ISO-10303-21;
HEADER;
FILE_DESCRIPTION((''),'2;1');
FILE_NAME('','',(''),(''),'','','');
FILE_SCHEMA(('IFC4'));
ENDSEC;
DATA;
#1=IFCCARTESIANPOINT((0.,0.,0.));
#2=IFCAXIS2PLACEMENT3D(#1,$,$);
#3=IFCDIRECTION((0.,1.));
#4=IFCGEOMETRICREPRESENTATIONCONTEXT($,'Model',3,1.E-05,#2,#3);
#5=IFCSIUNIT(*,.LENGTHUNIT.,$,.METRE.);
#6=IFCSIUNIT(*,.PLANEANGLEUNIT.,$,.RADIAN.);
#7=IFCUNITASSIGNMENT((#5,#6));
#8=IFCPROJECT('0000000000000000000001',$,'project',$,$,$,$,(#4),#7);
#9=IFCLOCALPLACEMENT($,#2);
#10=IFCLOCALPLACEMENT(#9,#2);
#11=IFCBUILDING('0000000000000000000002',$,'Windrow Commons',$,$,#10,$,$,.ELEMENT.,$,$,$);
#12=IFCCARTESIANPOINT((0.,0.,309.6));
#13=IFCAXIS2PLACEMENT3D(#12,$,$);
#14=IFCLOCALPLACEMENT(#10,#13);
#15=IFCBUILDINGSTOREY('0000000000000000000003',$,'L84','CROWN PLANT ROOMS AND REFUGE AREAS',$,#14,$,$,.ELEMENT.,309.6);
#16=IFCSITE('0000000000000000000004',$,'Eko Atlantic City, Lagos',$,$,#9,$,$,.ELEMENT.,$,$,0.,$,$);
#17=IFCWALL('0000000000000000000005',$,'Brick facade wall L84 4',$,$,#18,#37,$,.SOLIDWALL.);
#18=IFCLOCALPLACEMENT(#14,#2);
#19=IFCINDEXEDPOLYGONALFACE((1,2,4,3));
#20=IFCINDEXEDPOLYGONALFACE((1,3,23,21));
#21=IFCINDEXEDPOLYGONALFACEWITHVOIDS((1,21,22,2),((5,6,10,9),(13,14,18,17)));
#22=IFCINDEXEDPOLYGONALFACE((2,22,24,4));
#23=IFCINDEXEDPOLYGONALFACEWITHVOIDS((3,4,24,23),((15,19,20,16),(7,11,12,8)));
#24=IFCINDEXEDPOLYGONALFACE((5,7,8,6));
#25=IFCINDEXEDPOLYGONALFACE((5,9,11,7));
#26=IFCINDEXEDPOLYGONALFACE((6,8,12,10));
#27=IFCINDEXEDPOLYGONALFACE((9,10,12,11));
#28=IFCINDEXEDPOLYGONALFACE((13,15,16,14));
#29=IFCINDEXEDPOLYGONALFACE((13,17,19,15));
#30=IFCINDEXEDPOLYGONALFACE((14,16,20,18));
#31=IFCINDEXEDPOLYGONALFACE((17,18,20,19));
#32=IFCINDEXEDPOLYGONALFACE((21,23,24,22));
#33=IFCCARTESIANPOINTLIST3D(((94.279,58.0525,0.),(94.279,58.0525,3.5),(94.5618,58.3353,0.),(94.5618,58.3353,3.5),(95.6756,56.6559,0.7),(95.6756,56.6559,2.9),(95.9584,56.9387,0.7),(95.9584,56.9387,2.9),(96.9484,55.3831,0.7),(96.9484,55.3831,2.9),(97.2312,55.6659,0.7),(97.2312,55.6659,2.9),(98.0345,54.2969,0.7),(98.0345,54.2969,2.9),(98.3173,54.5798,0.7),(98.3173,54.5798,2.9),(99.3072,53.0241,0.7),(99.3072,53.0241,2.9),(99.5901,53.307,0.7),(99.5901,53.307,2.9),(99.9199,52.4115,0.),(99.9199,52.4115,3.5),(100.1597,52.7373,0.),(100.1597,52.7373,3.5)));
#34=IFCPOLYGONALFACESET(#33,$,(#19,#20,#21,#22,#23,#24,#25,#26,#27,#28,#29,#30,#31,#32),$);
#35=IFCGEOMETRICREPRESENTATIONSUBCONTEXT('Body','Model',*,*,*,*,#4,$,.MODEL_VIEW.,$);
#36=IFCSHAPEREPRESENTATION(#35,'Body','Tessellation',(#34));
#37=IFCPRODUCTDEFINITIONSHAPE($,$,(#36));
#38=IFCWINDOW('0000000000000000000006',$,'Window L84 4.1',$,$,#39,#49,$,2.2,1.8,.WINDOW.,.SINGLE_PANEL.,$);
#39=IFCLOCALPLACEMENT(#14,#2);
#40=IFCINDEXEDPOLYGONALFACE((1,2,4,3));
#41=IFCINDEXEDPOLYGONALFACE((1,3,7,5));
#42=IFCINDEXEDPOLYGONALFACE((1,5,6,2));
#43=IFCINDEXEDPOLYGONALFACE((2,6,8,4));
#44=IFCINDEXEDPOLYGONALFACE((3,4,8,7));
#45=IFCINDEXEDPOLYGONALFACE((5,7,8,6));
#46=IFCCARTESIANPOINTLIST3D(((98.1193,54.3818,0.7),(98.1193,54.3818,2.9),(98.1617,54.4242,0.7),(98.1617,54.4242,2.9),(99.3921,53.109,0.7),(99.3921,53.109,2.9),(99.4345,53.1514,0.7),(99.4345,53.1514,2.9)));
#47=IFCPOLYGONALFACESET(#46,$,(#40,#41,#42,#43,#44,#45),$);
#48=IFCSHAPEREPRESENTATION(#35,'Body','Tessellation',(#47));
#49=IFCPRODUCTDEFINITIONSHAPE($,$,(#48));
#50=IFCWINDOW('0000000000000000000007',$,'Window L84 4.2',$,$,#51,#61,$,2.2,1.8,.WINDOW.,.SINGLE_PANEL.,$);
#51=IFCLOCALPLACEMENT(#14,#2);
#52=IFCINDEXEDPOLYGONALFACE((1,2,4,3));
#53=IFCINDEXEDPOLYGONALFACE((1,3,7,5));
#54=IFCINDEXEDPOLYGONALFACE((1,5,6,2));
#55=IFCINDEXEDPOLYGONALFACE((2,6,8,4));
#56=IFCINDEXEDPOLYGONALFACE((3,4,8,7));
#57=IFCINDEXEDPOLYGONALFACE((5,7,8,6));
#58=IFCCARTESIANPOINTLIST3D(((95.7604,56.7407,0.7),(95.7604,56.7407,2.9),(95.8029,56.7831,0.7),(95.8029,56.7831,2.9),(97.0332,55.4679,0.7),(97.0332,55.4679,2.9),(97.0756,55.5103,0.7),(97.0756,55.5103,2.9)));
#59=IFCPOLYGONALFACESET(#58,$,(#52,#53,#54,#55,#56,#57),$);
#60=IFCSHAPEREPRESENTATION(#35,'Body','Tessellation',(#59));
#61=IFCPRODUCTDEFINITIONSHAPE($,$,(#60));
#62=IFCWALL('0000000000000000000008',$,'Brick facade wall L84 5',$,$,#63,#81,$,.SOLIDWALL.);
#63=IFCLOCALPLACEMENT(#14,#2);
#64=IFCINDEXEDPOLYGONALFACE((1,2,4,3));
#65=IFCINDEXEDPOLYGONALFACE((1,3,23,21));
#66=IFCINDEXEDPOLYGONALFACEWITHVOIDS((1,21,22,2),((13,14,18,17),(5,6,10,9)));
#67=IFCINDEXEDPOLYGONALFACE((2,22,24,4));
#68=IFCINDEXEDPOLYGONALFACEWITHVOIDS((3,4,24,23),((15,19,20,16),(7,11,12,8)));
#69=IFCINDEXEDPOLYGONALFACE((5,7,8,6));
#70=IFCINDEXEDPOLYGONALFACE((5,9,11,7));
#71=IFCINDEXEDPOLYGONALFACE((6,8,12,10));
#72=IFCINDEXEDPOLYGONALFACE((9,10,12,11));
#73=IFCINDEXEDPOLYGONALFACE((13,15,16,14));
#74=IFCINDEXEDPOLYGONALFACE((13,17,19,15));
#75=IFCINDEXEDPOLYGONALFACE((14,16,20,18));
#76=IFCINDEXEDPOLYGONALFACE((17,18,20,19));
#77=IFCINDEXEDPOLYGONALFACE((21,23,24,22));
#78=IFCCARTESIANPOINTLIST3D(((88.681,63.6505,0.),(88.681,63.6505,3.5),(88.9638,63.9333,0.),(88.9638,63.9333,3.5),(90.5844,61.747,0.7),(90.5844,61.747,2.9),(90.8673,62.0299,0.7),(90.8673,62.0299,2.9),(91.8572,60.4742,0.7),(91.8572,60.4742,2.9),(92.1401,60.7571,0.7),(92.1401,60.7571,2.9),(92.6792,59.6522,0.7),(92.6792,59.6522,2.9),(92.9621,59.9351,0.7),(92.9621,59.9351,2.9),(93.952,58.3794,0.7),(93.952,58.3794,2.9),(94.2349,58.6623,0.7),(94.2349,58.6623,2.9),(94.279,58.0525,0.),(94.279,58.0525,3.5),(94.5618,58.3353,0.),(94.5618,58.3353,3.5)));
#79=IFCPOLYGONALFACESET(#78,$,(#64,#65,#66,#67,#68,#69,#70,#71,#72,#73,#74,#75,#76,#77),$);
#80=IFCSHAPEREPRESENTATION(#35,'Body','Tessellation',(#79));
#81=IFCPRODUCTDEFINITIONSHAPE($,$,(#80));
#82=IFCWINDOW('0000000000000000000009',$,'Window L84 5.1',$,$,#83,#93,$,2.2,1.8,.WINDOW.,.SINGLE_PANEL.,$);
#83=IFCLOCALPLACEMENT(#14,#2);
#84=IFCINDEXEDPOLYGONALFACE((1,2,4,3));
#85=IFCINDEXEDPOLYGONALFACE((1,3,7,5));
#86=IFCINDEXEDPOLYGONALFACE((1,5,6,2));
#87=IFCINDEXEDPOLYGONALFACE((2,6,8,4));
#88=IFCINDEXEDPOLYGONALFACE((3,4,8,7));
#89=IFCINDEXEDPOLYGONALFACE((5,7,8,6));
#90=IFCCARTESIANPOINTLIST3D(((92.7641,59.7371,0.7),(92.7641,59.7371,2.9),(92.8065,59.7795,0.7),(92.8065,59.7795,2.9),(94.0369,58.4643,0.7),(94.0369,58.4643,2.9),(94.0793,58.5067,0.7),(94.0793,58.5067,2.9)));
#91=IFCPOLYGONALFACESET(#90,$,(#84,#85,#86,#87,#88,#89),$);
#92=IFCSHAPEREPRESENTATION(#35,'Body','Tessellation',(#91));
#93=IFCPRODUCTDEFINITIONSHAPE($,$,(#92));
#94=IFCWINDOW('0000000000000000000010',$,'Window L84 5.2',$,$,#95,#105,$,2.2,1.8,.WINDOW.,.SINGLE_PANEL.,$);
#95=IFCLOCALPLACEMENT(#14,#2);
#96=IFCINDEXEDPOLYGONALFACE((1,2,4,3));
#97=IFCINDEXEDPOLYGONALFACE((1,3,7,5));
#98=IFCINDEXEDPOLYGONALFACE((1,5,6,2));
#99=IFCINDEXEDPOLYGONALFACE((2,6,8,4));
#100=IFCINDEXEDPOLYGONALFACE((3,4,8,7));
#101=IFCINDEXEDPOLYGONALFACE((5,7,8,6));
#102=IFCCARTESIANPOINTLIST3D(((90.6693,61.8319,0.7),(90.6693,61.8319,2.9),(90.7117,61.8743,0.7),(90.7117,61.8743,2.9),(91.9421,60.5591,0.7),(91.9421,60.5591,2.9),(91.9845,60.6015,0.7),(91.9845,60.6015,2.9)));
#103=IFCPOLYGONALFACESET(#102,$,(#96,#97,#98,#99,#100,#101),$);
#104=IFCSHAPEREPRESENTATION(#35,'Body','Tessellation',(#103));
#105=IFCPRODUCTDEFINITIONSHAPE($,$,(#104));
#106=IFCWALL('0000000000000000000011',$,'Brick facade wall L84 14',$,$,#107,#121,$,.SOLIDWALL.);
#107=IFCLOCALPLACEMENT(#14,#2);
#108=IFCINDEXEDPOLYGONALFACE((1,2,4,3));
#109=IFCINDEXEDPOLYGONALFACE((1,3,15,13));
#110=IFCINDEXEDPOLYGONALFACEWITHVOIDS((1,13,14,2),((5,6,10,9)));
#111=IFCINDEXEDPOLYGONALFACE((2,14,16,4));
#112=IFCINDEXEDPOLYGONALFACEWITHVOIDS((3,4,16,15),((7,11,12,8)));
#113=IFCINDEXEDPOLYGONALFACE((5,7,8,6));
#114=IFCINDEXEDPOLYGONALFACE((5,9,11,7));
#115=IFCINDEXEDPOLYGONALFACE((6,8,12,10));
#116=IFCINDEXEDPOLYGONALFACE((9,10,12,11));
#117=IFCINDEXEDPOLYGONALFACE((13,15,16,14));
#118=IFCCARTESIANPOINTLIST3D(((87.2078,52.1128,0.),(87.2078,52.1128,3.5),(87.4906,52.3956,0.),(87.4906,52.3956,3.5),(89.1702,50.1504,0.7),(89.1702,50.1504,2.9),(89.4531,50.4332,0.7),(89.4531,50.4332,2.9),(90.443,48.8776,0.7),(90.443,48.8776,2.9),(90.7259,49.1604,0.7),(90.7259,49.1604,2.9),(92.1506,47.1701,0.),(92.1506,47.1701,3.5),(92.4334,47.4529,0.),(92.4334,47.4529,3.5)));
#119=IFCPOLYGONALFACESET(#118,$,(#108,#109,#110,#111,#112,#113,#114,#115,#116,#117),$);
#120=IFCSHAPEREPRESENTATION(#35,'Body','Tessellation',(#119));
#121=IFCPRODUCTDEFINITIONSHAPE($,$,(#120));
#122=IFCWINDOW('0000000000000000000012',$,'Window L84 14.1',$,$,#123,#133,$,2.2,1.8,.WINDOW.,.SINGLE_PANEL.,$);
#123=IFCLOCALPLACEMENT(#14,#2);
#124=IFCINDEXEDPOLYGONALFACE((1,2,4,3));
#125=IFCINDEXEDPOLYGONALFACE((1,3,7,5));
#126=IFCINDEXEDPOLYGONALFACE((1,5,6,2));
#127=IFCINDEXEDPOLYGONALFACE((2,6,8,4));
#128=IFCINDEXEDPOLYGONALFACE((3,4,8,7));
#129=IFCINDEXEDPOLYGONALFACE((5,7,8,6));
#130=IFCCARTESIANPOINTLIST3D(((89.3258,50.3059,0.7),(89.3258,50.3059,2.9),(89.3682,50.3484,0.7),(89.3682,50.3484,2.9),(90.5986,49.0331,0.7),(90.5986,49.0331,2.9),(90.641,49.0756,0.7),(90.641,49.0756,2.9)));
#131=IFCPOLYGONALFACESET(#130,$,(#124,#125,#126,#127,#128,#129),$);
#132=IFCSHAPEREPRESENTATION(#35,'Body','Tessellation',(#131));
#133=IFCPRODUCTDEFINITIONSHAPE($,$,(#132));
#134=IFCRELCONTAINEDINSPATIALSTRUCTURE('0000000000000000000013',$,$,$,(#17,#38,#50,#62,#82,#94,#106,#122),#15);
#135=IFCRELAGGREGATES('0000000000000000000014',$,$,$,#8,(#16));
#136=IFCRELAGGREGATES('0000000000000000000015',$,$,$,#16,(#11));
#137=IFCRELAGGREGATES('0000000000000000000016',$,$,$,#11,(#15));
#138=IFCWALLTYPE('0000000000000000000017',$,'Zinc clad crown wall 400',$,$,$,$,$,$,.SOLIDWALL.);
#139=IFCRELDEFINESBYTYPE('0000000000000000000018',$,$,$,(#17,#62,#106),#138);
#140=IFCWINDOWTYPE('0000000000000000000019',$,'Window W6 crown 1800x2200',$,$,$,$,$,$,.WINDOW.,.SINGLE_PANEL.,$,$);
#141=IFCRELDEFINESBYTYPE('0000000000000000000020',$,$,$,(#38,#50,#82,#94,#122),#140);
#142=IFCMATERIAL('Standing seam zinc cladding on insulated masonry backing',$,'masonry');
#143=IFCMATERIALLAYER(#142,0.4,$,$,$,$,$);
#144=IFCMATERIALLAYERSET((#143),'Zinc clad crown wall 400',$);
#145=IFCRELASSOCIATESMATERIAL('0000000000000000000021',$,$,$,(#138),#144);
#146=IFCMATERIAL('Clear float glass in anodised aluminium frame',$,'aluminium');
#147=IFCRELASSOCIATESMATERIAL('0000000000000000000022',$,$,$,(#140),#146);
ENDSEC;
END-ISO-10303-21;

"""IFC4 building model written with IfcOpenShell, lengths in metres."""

from ifc_helpers import new_model, si_unit, direction, frame, frame_2d, origin, place, context, subcontext, project, spatial, polyline, rectangle, outline, extrude, material, layer, layer_set, type_object, element, fill, save


model = new_model("IFC4")

# Units and contexts
model_context = context("Model", 3, precision=1e-05, world=origin(), true_north=direction((0.0, 1.0)))
body_context = subcontext(model_context, "Body", "Model", "MODEL_VIEW")
ifc_project = project(units=[si_unit("LENGTHUNIT", "METRE"), si_unit("PLANEANGLEUNIT", "RADIAN")], contexts=[model_context])

# Site, building, storey
site_placement = place(None, origin())
site = spatial("IfcSite", under=ifc_project, at=site_placement, Name="Eko Atlantic City, Lagos", CompositionType="ELEMENT", RefElevation=0.0)
building_placement = place(site_placement, origin())
building = spatial("IfcBuilding", under=site, at=building_placement, Name="Windrow Commons", CompositionType="ELEMENT")
storey_placement = place(building_placement, frame((0.0, 0.0, 309.6)))
storey = spatial("IfcBuildingStorey", under=building, at=storey_placement, Name="L84", Description="CROWN PLANT ROOMS AND REFUGE AREAS", CompositionType="ELEMENT", Elevation=309.6)

# Walls, openings, windows
ifc_material_1 = material(Name="Standing seam zinc cladding on insulated masonry backing", Category="masonry")
ifc_layer_1 = layer(ifc_material_1, 0.4)
ifc_layer_set_1 = layer_set([ifc_layer_1], Name="Zinc clad crown wall 400")
wall_type_1 = type_object("IfcWallType", Name="Zinc clad crown wall 400", PredefinedType="SOLIDWALL", material=ifc_layer_set_1)
wall_1_placement = place(storey_placement, frame((100.0398, 52.5744, 0.0), z_axis=(0.0, 0.0, 1.0), x_axis=(-0.7071, 0.707113, 0.0)))
wall_1 = element("IfcWall", 1, at=wall_1_placement, inside=storey, type_object=wall_type_1, Name="Brick facade wall L84 4", PredefinedType="SOLIDWALL", context=body_context, shape_type="SweptSolid", body=[
    extrude(outline(polyline([(0.0304, -0.2), (7.9471, -0.2), (7.9471, 0.2), (-0.0304, 0.2), (0.0304, -0.2)])), origin(), (0.0, 0.0, 1.0), 3.5),
])
opening_1_placement = place(wall_1_placement, frame((0.836, 0.0, 0.7)))
opening_1 = element("IfcOpeningElement", 2, at=opening_1_placement, cuts=wall_1, PredefinedType="OPENING", context=body_context, shape_type="SweptSolid", body=[
    extrude(rectangle(XDim=1.8, YDim=2.2, at=frame_2d((0.9, 1.1))), frame((0.0, 0.21, 0.0), z_axis=(0.0, -1.0, 0.0), x_axis=(1.0, 0.0, 0.0)), (0.0, 0.0, 1.0), 0.42),
])
opening_2_placement = place(wall_1_placement, frame((4.172, 0.0, 0.7)))
opening_2 = element("IfcOpeningElement", 3, at=opening_2_placement, cuts=wall_1, PredefinedType="OPENING", context=body_context, shape_type="SweptSolid", body=[
    extrude(rectangle(XDim=1.8, YDim=2.2, at=frame_2d((0.9, 1.1))), frame((0.0, 0.21, 0.0), z_axis=(0.0, -1.0, 0.0), x_axis=(1.0, 0.0, 0.0)), (0.0, 0.0, 1.0), 0.42),
])
ifc_material_2 = material(Name="Clear float glass in anodised aluminium frame", Category="aluminium")
window_type = type_object("IfcWindowType", Name="Window W6 crown 1800x2200", PartitioningType="SINGLE_PANEL", PredefinedType="WINDOW", material=ifc_material_2)
window_1_placement = place(opening_1_placement, origin())
window_1 = element("IfcWindow", 4, at=window_1_placement, inside=storey, type_object=window_type, Name="Window L84 4.1", OverallHeight=2.2, OverallWidth=1.8, PartitioningType="SINGLE_PANEL", PredefinedType="WINDOW", context=body_context, shape_type="SweptSolid", body=[
    extrude(rectangle(XDim=1.8, YDim=2.2, at=frame_2d((0.9, 1.1))), frame((0.0, 0.08, 0.0), z_axis=(0.0, -1.0, 0.0), x_axis=(1.0, 0.0, 0.0)), (0.0, 0.0, 1.0), 0.06),
])
fill(opening_1, window_1)
window_2_placement = place(opening_2_placement, origin())
window_2 = element("IfcWindow", 5, at=window_2_placement, inside=storey, type_object=window_type, Name="Window L84 4.2", OverallHeight=2.2, OverallWidth=1.8, PartitioningType="SINGLE_PANEL", PredefinedType="WINDOW", context=body_context, shape_type="SweptSolid", body=[
    extrude(rectangle(XDim=1.8, YDim=2.2, at=frame_2d((0.9, 1.1))), frame((0.0, 0.08, 0.0), z_axis=(0.0, -1.0, 0.0), x_axis=(1.0, 0.0, 0.0)), (0.0, 0.0, 1.0), 0.06),
])
fill(opening_2, window_2)
wall_2_placement = place(storey_placement, frame((94.4204, 58.1939, 0.0), z_axis=(0.0, 0.0, 1.0), x_axis=(-0.707107, 0.707107, 0.0)))
wall_2 = element("IfcWall", 6, at=wall_2_placement, inside=storey, type_object=wall_type_1, Name="Brick facade wall L84 5", PredefinedType="SOLIDWALL", context=body_context, shape_type="SweptSolid", body=[
    extrude(outline(polyline([(0.0, -0.2), (7.9168, -0.2), (7.9168, 0.2), (0.0, 0.2), (0.0, -0.2)])), origin(), (0.0, 0.0, 1.0), 3.5),
])
opening_3_placement = place(wall_2_placement, frame((0.4624, 0.0, 0.7)))
opening_3 = element("IfcOpeningElement", 7, at=opening_3_placement, cuts=wall_2, PredefinedType="OPENING", context=body_context, shape_type="SweptSolid", body=[
    extrude(rectangle(XDim=1.8, YDim=2.2, at=frame_2d((0.9, 1.1))), frame((0.0, 0.21, 0.0), z_axis=(0.0, -1.0, 0.0), x_axis=(1.0, 0.0, 0.0)), (0.0, 0.0, 1.0), 0.42),
])
opening_4_placement = place(wall_2_placement, frame((3.4249, 0.0, 0.7)))
opening_4 = element("IfcOpeningElement", 8, at=opening_4_placement, cuts=wall_2, PredefinedType="OPENING", context=body_context, shape_type="SweptSolid", body=[
    extrude(rectangle(XDim=1.8, YDim=2.2, at=frame_2d((0.9, 1.1))), frame((0.0, 0.21, 0.0), z_axis=(0.0, -1.0, 0.0), x_axis=(1.0, 0.0, 0.0)), (0.0, 0.0, 1.0), 0.42),
])
window_3_placement = place(opening_3_placement, origin())
window_3 = element("IfcWindow", 9, at=window_3_placement, inside=storey, type_object=window_type, Name="Window L84 5.1", OverallHeight=2.2, OverallWidth=1.8, PartitioningType="SINGLE_PANEL", PredefinedType="WINDOW", context=body_context, shape_type="SweptSolid", body=[
    extrude(rectangle(XDim=1.8, YDim=2.2, at=frame_2d((0.9, 1.1))), frame((0.0, 0.08, 0.0), z_axis=(0.0, -1.0, 0.0), x_axis=(1.0, 0.0, 0.0)), (0.0, 0.0, 1.0), 0.06),
])
fill(opening_3, window_3)
window_4_placement = place(opening_4_placement, origin())
window_4 = element("IfcWindow", 10, at=window_4_placement, inside=storey, type_object=window_type, Name="Window L84 5.2", OverallHeight=2.2, OverallWidth=1.8, PartitioningType="SINGLE_PANEL", PredefinedType="WINDOW", context=body_context, shape_type="SweptSolid", body=[
    extrude(rectangle(XDim=1.8, YDim=2.2, at=frame_2d((0.9, 1.1))), frame((0.0, 0.08, 0.0), z_axis=(0.0, -1.0, 0.0), x_axis=(1.0, 0.0, 0.0)), (0.0, 0.0, 1.0), 0.06),
])
fill(opening_4, window_4)

# Wall, opening, window
wall_3_placement = place(storey_placement, frame((87.3492, 52.2542, 0.0), z_axis=(0.0, 0.0, 1.0), x_axis=(0.707114, -0.7071, 0.0)))
wall_3 = element("IfcWall", 11, at=wall_3_placement, inside=storey, type_object=wall_type_1, Name="Brick facade wall L84 14", PredefinedType="SOLIDWALL", context=body_context, shape_type="SweptSolid", body=[
    extrude(outline(polyline([(0.0, -0.2), (6.9901, -0.2), (6.9901, 0.2), (0.0, 0.2), (0.0, -0.2)])), origin(), (0.0, 0.0, 1.0), 3.5),
])
opening_5_placement = place(wall_3_placement, frame((2.7753, 0.0, 0.7)))
opening_5 = element("IfcOpeningElement", 12, at=opening_5_placement, cuts=wall_3, PredefinedType="OPENING", context=body_context, shape_type="SweptSolid", body=[
    extrude(rectangle(XDim=1.8, YDim=2.2, at=frame_2d((0.9, 1.1))), frame((0.0, 0.21, 0.0), z_axis=(0.0, -1.0, 0.0), x_axis=(1.0, 0.0, 0.0)), (0.0, 0.0, 1.0), 0.42),
])
window_5_placement = place(opening_5_placement, origin())
window_5 = element("IfcWindow", 13, at=window_5_placement, inside=storey, type_object=window_type, Name="Window L84 14.1", OverallHeight=2.2, OverallWidth=1.8, PartitioningType="SINGLE_PANEL", PredefinedType="WINDOW", context=body_context, shape_type="SweptSolid", body=[
    extrude(rectangle(XDim=1.8, YDim=2.2, at=frame_2d((0.9, 1.1))), frame((0.0, 0.08, 0.0), z_axis=(0.0, -1.0, 0.0), x_axis=(1.0, 0.0, 0.0)), (0.0, 0.0, 1.0), 0.06),
])
fill(opening_5, window_5)

save(model, "model.ifc")
